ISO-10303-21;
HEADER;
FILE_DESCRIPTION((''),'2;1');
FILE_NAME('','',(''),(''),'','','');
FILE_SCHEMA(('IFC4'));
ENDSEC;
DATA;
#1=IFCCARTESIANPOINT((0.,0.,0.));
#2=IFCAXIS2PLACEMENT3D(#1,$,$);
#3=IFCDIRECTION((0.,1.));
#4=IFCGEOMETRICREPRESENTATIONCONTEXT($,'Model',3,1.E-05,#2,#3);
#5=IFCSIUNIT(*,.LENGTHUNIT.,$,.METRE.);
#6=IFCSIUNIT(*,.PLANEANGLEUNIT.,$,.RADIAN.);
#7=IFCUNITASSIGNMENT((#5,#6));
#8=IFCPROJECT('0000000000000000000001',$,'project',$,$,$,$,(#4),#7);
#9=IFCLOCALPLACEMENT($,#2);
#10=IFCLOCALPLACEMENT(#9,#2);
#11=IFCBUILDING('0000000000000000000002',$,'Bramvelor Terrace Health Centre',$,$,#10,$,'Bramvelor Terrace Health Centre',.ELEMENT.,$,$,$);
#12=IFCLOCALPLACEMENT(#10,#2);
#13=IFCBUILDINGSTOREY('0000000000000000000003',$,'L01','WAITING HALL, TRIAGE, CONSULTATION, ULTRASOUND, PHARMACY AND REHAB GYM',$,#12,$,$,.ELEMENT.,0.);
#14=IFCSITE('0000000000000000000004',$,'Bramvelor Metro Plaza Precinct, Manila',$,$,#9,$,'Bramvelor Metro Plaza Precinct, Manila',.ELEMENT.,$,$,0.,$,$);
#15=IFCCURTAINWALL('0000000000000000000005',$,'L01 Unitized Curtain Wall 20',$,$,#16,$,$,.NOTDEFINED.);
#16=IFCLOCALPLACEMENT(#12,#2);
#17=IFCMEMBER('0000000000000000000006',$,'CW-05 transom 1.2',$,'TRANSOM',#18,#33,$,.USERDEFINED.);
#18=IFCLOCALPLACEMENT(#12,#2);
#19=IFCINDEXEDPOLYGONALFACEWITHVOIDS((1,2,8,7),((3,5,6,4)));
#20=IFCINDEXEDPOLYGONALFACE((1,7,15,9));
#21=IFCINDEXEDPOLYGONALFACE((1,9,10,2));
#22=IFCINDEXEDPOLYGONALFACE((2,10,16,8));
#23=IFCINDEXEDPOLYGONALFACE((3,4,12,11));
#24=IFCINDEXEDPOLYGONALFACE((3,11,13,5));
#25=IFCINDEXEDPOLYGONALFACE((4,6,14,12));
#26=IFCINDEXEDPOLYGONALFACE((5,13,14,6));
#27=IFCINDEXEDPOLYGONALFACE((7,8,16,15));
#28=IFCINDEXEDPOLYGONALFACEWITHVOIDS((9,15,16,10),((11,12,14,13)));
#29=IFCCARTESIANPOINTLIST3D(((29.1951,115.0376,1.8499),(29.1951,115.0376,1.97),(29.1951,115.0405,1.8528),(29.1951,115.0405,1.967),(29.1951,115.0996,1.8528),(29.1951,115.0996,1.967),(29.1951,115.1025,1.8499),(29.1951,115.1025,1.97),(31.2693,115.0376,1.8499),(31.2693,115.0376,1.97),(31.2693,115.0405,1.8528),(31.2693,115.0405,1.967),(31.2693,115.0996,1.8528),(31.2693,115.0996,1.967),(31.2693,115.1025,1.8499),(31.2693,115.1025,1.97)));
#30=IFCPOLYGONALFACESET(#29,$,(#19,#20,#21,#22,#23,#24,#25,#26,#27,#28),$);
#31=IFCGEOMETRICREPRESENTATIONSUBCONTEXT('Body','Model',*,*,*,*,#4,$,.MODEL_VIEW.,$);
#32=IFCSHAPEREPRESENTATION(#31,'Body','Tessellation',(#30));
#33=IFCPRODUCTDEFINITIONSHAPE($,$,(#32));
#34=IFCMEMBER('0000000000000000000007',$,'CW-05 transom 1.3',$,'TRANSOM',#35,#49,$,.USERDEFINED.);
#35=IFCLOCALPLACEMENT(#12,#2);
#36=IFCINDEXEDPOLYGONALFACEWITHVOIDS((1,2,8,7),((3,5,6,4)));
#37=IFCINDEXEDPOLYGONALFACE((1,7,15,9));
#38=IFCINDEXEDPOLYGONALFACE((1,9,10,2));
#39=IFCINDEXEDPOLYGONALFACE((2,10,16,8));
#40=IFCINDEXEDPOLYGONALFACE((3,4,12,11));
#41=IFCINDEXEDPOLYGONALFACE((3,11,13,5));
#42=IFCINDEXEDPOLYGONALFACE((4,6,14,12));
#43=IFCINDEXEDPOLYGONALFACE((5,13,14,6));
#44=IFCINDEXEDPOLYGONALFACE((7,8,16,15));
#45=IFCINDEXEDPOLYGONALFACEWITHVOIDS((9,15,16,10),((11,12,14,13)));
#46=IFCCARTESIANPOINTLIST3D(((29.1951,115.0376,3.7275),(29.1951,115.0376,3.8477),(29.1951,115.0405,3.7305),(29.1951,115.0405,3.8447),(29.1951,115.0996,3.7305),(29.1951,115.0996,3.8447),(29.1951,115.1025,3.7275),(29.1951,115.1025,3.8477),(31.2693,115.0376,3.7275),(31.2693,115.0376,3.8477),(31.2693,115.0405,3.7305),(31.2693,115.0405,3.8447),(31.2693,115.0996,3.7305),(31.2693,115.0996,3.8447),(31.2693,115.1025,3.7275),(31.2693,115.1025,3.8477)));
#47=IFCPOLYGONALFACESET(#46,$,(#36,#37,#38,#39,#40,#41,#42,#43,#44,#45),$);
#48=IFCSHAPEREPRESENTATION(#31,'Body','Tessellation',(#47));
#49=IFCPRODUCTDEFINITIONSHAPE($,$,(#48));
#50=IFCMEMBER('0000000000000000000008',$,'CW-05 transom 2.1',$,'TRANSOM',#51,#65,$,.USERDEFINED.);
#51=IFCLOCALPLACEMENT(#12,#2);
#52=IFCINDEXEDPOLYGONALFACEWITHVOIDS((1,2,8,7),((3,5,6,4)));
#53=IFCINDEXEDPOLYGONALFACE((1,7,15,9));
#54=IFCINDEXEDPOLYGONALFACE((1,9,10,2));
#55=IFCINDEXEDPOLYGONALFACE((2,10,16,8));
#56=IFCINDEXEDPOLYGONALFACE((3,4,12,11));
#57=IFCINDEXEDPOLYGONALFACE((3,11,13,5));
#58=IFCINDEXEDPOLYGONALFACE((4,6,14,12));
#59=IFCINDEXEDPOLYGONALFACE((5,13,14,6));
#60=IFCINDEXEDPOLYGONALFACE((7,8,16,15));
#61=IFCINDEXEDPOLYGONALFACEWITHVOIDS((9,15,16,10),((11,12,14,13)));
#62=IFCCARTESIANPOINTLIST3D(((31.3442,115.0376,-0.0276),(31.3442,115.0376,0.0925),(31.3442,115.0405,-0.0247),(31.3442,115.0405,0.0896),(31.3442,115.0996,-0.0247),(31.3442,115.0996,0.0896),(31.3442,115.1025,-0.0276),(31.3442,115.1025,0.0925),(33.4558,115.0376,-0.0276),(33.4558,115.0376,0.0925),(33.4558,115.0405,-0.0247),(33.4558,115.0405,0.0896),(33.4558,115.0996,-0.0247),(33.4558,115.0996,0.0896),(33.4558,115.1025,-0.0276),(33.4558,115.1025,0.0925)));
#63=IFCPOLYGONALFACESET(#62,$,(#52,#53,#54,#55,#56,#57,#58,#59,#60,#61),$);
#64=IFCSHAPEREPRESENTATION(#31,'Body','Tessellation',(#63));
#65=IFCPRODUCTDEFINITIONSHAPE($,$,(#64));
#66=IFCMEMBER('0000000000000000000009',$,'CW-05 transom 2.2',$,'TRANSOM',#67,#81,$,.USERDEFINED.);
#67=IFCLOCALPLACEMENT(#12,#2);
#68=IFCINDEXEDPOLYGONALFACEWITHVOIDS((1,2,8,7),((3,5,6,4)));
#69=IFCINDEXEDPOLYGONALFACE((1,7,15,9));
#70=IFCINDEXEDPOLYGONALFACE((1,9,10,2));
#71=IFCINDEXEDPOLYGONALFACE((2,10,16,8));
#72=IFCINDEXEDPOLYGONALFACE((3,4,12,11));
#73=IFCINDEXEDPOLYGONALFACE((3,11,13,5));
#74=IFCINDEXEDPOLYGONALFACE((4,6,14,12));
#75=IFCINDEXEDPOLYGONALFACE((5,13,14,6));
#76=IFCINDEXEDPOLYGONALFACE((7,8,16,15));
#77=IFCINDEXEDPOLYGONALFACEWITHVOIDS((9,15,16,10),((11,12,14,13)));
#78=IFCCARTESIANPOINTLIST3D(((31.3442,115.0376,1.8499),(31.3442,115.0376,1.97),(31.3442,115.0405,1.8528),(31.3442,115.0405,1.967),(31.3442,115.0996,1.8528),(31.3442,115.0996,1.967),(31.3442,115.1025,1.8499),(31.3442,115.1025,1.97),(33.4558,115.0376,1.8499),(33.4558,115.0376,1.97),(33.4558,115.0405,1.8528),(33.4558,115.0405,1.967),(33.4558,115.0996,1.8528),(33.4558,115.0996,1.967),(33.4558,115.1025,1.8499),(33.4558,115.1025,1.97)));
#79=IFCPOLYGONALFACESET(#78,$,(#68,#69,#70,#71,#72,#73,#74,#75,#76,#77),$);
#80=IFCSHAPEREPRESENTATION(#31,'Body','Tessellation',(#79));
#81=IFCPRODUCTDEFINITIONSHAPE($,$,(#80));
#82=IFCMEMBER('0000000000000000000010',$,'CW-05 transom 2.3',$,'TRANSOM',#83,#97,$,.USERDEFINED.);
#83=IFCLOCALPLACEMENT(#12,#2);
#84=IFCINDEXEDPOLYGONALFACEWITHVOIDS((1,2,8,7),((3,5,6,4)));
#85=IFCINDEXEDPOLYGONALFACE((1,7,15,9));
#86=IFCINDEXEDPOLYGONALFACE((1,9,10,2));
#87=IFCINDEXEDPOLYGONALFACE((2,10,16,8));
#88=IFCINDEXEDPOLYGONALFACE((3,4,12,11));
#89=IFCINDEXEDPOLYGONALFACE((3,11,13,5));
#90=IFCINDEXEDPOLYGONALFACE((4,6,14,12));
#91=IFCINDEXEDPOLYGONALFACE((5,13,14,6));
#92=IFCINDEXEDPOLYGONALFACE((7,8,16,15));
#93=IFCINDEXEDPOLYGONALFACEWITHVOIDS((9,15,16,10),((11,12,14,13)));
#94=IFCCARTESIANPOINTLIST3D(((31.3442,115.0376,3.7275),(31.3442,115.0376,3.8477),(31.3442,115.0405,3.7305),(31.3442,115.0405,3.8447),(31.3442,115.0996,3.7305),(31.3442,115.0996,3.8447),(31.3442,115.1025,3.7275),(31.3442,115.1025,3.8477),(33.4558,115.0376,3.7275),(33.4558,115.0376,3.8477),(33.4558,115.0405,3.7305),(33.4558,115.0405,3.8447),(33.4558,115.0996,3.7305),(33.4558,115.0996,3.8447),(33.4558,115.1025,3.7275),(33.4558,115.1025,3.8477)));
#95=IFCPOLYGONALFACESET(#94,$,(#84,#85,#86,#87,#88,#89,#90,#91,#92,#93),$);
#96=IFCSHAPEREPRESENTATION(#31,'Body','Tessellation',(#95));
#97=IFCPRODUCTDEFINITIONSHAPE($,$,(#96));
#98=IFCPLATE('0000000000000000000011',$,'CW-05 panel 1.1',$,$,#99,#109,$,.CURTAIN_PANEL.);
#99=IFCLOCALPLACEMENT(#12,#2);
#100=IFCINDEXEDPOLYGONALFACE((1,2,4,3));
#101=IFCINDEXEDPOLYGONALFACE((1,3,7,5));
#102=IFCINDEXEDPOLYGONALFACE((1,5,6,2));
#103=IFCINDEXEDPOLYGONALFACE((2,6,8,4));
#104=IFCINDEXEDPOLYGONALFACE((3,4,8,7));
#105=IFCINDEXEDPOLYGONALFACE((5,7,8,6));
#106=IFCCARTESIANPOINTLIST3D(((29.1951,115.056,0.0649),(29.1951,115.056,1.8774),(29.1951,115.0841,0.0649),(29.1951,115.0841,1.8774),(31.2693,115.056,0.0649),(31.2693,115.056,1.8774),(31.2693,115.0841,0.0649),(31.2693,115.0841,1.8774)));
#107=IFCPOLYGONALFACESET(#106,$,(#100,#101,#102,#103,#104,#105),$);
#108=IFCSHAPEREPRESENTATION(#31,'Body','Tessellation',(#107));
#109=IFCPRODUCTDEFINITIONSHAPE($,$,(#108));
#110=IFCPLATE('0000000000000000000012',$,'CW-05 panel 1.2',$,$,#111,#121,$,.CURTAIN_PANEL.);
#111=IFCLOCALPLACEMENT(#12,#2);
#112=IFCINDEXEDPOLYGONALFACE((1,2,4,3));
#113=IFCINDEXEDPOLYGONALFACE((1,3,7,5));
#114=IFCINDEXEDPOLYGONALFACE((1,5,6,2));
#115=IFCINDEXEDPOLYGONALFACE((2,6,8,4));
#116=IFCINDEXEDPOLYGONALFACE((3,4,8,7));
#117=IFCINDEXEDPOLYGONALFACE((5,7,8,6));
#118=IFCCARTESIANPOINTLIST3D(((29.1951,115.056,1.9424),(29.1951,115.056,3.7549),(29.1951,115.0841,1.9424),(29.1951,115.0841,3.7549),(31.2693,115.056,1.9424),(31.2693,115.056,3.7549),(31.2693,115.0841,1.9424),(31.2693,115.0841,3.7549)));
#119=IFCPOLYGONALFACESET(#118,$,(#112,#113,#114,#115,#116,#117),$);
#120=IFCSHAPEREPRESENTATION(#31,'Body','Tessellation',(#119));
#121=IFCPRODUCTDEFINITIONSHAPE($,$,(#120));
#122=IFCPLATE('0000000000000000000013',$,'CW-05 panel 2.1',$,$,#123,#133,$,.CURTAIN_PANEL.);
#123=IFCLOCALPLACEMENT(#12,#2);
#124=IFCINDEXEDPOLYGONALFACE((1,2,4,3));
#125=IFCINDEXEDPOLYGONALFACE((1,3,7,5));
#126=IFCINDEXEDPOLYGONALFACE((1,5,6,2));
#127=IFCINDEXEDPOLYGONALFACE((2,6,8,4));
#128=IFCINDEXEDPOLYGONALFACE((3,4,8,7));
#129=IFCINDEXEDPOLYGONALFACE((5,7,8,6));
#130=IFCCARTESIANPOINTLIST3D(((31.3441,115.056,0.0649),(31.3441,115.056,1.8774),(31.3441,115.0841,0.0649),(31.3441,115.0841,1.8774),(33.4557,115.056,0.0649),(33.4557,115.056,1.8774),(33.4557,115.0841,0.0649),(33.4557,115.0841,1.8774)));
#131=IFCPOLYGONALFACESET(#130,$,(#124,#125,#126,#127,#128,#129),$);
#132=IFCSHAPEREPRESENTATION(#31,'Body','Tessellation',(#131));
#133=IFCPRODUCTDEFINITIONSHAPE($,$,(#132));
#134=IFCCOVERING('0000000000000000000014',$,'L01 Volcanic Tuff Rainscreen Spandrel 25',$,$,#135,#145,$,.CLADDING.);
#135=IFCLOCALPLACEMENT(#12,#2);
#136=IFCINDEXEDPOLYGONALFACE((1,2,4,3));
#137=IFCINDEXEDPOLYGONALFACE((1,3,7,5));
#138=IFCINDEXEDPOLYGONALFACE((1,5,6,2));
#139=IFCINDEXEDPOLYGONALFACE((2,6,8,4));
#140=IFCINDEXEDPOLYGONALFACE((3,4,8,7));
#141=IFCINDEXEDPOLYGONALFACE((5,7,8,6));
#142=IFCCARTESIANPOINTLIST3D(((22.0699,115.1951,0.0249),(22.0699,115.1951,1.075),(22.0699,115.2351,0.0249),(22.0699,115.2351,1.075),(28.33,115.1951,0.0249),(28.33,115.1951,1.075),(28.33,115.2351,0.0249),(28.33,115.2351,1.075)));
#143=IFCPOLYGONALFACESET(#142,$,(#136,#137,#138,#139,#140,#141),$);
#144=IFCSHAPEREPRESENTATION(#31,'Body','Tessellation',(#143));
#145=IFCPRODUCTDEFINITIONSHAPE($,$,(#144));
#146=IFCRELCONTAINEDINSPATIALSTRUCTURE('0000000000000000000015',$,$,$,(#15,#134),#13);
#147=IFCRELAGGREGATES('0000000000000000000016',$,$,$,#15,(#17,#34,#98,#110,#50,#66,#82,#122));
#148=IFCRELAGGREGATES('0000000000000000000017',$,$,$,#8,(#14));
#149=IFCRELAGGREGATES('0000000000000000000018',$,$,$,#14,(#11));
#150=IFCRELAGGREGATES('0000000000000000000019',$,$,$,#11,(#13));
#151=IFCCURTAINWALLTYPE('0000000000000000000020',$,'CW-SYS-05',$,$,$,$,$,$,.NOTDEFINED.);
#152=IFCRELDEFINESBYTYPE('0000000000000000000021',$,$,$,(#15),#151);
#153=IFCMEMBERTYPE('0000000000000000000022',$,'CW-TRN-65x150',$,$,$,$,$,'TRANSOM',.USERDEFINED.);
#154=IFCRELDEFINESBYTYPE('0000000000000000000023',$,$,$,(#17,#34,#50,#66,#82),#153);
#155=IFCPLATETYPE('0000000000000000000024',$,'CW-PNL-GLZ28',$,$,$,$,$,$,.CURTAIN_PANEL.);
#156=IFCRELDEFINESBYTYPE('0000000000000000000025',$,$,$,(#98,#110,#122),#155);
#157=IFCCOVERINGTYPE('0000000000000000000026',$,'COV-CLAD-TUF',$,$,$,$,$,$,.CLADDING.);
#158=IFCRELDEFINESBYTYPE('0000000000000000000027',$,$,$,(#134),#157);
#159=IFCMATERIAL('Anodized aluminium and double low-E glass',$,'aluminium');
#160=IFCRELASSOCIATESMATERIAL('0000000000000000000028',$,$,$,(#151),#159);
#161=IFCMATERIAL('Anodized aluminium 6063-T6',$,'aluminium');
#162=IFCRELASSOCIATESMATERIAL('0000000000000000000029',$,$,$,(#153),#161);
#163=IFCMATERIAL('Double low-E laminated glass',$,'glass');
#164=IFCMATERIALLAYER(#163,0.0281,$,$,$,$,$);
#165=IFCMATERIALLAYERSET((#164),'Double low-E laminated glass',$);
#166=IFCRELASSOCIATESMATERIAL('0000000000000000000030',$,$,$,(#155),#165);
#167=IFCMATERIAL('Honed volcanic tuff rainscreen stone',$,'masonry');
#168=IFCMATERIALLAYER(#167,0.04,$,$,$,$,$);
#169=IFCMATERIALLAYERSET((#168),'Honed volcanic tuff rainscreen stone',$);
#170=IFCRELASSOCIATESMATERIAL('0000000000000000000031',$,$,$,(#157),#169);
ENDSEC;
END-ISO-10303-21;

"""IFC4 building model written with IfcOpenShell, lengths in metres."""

from ifc_helpers import new_model, si_unit, direction, frame, origin, origin_2d, place, context, subcontext, project, spatial, rectangle, hollow_rectangle, extrude, material, layer, layer_set, material_profile, profile_set, type_object, element, aggregate, save


model = new_model("IFC4")

# Units and contexts
model_context = context("Model", 3, precision=1e-05, world=origin(), true_north=direction((0.0, 1.0)))
body_context = subcontext(model_context, "Body", "Model", "MODEL_VIEW")
ifc_project = project(units=[si_unit("LENGTHUNIT", "METRE"), si_unit("PLANEANGLEUNIT", "RADIAN")], contexts=[model_context])

# Site, building, storey
site_placement = place(None, origin())
site = spatial("IfcSite", under=ifc_project, at=site_placement, Name="Bramvelor Metro Plaza Precinct, Manila", LongName="Bramvelor Metro Plaza Precinct, Manila", CompositionType="ELEMENT", RefElevation=0.0)
building_placement = place(site_placement, origin())
building = spatial("IfcBuilding", under=site, at=building_placement, Name="Bramvelor Terrace Health Centre", LongName="Bramvelor Terrace Health Centre", CompositionType="ELEMENT")
storey_placement = place(building_placement, origin())
storey = spatial("IfcBuildingStorey", under=building, at=storey_placement, Name="L01", Description="WAITING HALL, TRIAGE, CONSULTATION, ULTRASOUND, PHARMACY AND REHAB GYM", CompositionType="ELEMENT", Elevation=0.0)

# Curtain wall, members, plates
ifc_material_1 = material(Name="Anodized aluminium and double low-E glass", Category="aluminium")
curtain_wall_type = type_object("IfcCurtainWallType", Name="CW-SYS-05", PredefinedType="NOTDEFINED", material=ifc_material_1)
curtain_wall_placement = place(storey_placement, origin())
curtain_wall = element("IfcCurtainWall", 1, at=curtain_wall_placement, inside=storey, type_object=curtain_wall_type, Name="L01 Unitized Curtain Wall 20", PredefinedType="NOTDEFINED")
ifc_material_2 = material(Name="Anodized aluminium 6063-T6", Category="aluminium")
ifc_material_profile_1 = material_profile(ifc_material_2, hollow_rectangle(XDim=0.0649, YDim=0.1201, WallThickness=0.0029, at=origin_2d()), Name="ALU-TRN 65x120x3.0")
ifc_profile_set_1 = profile_set([ifc_material_profile_1], Name="Anodized aluminium 6063-T6")
member_type_1 = type_object("IfcMemberType", Name="CW-TRN-65x150", ElementType="TRANSOM", PredefinedType="USERDEFINED", material=ifc_profile_set_1)
member_1_placement = place(storey_placement, frame((29.1951, 115.0701, 1.9099), z_axis=(1.0, 0.0, 0.0), x_axis=(0.0, 1.0, 0.0)))
member_1 = element("IfcMember", 2, at=member_1_placement, type_object=member_type_1, Name="CW-05 transom 1.2", ObjectType="TRANSOM", PredefinedType="USERDEFINED", context=body_context, shape_type="SweptSolid", body=[
    extrude(hollow_rectangle(XDim=0.0649, YDim=0.1201, WallThickness=0.0029, at=origin_2d()), origin(), (0.0, 0.0, 1.0), 2.0742),
])
member_2_placement = place(storey_placement, frame((29.1951, 115.0701, 3.7876), z_axis=(1.0, 0.0, 0.0), x_axis=(0.0, 1.0, 0.0)))
member_2 = element("IfcMember", 3, at=member_2_placement, type_object=member_type_1, Name="CW-05 transom 1.3", ObjectType="TRANSOM", PredefinedType="USERDEFINED", context=body_context, shape_type="SweptSolid", body=[
    extrude(hollow_rectangle(XDim=0.0649, YDim=0.1201, WallThickness=0.0029, at=origin_2d()), origin(), (0.0, 0.0, 1.0), 2.0742),
])
member_3_placement = place(storey_placement, frame((31.3442, 115.0701, 0.0325), z_axis=(1.0, 0.0, 0.0), x_axis=(0.0, 1.0, 0.0)))
member_3 = element("IfcMember", 4, at=member_3_placement, type_object=member_type_1, Name="CW-05 transom 2.1", ObjectType="TRANSOM", PredefinedType="USERDEFINED", context=body_context, shape_type="SweptSolid", body=[
    extrude(hollow_rectangle(XDim=0.0649, YDim=0.1201, WallThickness=0.0029, at=origin_2d()), origin(), (0.0, 0.0, 1.0), 2.1116),
])
member_4_placement = place(storey_placement, frame((31.3442, 115.0701, 1.9099), z_axis=(1.0, 0.0, 0.0), x_axis=(0.0, 1.0, 0.0)))
member_4 = element("IfcMember", 5, at=member_4_placement, type_object=member_type_1, Name="CW-05 transom 2.2", ObjectType="TRANSOM", PredefinedType="USERDEFINED", context=body_context, shape_type="SweptSolid", body=[
    extrude(hollow_rectangle(XDim=0.0649, YDim=0.1201, WallThickness=0.0029, at=origin_2d()), origin(), (0.0, 0.0, 1.0), 2.1116),
])
member_5_placement = place(storey_placement, frame((31.3442, 115.0701, 3.7876), z_axis=(1.0, 0.0, 0.0), x_axis=(0.0, 1.0, 0.0)))
member_5 = element("IfcMember", 6, at=member_5_placement, type_object=member_type_1, Name="CW-05 transom 2.3", ObjectType="TRANSOM", PredefinedType="USERDEFINED", context=body_context, shape_type="SweptSolid", body=[
    extrude(hollow_rectangle(XDim=0.0649, YDim=0.1201, WallThickness=0.0029, at=origin_2d()), origin(), (0.0, 0.0, 1.0), 2.1116),
])
ifc_material_3 = material(Name="Double low-E laminated glass", Category="glass")
ifc_layer_1 = layer(ifc_material_3, 0.0281)
ifc_layer_set_1 = layer_set([ifc_layer_1], Name="Double low-E laminated glass")
plate_type = type_object("IfcPlateType", Name="CW-PNL-GLZ28", PredefinedType="CURTAIN_PANEL", material=ifc_layer_set_1)
plate_1_placement = place(storey_placement, frame((30.2322, 115.0701, 0.0649), z_axis=(0.0, 0.0, 1.0), x_axis=(1.0, 0.0, 0.0)))
plate_1 = element("IfcPlate", 7, at=plate_1_placement, type_object=plate_type, Name="CW-05 panel 1.1", PredefinedType="CURTAIN_PANEL", context=body_context, shape_type="SweptSolid", body=[
    extrude(rectangle(XDim=2.0742, YDim=0.0281, at=origin_2d()), origin(), (0.0, 0.0, 1.0), 1.8125),
])
plate_2_placement = place(storey_placement, frame((30.2322, 115.0701, 1.9424), z_axis=(0.0, 0.0, 1.0), x_axis=(1.0, 0.0, 0.0)))
plate_2 = element("IfcPlate", 8, at=plate_2_placement, type_object=plate_type, Name="CW-05 panel 1.2", PredefinedType="CURTAIN_PANEL", context=body_context, shape_type="SweptSolid", body=[
    extrude(rectangle(XDim=2.0742, YDim=0.0281, at=origin_2d()), origin(), (0.0, 0.0, 1.0), 1.8125),
])
plate_3_placement = place(storey_placement, frame((32.3999, 115.0701, 0.0649), z_axis=(0.0, 0.0, 1.0), x_axis=(1.0, 0.0, 0.0)))
plate_3 = element("IfcPlate", 9, at=plate_3_placement, type_object=plate_type, Name="CW-05 panel 2.1", PredefinedType="CURTAIN_PANEL", context=body_context, shape_type="SweptSolid", body=[
    extrude(rectangle(XDim=2.1116, YDim=0.0281, at=origin_2d()), origin(), (0.0, 0.0, 1.0), 1.8125),
])
aggregate(curtain_wall, [member_1, member_2, plate_1, plate_2, member_3, member_4, member_5, plate_3])

# Covering
ifc_material_4 = material(Name="Honed volcanic tuff rainscreen stone", Category="masonry")
ifc_layer_2 = layer(ifc_material_4, 0.04)
ifc_layer_set_2 = layer_set([ifc_layer_2], Name="Honed volcanic tuff rainscreen stone")
covering_type = type_object("IfcCoveringType", Name="COV-CLAD-TUF", PredefinedType="CLADDING", material=ifc_layer_set_2)
covering_placement = place(storey_placement, frame((25.2, 115.2151, 0.0249), z_axis=(0.0, 0.0, 1.0), x_axis=(1.0, 0.0, 0.0)))
element("IfcCovering", 10, at=covering_placement, inside=storey, type_object=covering_type, Name="L01 Volcanic Tuff Rainscreen Spandrel 25", PredefinedType="CLADDING", context=body_context, shape_type="SweptSolid", body=[
    extrude(rectangle(XDim=6.26, YDim=0.04, at=origin_2d()), origin(), (0.0, 0.0, 1.0), 1.05),
])

save(model, "model.ifc")
